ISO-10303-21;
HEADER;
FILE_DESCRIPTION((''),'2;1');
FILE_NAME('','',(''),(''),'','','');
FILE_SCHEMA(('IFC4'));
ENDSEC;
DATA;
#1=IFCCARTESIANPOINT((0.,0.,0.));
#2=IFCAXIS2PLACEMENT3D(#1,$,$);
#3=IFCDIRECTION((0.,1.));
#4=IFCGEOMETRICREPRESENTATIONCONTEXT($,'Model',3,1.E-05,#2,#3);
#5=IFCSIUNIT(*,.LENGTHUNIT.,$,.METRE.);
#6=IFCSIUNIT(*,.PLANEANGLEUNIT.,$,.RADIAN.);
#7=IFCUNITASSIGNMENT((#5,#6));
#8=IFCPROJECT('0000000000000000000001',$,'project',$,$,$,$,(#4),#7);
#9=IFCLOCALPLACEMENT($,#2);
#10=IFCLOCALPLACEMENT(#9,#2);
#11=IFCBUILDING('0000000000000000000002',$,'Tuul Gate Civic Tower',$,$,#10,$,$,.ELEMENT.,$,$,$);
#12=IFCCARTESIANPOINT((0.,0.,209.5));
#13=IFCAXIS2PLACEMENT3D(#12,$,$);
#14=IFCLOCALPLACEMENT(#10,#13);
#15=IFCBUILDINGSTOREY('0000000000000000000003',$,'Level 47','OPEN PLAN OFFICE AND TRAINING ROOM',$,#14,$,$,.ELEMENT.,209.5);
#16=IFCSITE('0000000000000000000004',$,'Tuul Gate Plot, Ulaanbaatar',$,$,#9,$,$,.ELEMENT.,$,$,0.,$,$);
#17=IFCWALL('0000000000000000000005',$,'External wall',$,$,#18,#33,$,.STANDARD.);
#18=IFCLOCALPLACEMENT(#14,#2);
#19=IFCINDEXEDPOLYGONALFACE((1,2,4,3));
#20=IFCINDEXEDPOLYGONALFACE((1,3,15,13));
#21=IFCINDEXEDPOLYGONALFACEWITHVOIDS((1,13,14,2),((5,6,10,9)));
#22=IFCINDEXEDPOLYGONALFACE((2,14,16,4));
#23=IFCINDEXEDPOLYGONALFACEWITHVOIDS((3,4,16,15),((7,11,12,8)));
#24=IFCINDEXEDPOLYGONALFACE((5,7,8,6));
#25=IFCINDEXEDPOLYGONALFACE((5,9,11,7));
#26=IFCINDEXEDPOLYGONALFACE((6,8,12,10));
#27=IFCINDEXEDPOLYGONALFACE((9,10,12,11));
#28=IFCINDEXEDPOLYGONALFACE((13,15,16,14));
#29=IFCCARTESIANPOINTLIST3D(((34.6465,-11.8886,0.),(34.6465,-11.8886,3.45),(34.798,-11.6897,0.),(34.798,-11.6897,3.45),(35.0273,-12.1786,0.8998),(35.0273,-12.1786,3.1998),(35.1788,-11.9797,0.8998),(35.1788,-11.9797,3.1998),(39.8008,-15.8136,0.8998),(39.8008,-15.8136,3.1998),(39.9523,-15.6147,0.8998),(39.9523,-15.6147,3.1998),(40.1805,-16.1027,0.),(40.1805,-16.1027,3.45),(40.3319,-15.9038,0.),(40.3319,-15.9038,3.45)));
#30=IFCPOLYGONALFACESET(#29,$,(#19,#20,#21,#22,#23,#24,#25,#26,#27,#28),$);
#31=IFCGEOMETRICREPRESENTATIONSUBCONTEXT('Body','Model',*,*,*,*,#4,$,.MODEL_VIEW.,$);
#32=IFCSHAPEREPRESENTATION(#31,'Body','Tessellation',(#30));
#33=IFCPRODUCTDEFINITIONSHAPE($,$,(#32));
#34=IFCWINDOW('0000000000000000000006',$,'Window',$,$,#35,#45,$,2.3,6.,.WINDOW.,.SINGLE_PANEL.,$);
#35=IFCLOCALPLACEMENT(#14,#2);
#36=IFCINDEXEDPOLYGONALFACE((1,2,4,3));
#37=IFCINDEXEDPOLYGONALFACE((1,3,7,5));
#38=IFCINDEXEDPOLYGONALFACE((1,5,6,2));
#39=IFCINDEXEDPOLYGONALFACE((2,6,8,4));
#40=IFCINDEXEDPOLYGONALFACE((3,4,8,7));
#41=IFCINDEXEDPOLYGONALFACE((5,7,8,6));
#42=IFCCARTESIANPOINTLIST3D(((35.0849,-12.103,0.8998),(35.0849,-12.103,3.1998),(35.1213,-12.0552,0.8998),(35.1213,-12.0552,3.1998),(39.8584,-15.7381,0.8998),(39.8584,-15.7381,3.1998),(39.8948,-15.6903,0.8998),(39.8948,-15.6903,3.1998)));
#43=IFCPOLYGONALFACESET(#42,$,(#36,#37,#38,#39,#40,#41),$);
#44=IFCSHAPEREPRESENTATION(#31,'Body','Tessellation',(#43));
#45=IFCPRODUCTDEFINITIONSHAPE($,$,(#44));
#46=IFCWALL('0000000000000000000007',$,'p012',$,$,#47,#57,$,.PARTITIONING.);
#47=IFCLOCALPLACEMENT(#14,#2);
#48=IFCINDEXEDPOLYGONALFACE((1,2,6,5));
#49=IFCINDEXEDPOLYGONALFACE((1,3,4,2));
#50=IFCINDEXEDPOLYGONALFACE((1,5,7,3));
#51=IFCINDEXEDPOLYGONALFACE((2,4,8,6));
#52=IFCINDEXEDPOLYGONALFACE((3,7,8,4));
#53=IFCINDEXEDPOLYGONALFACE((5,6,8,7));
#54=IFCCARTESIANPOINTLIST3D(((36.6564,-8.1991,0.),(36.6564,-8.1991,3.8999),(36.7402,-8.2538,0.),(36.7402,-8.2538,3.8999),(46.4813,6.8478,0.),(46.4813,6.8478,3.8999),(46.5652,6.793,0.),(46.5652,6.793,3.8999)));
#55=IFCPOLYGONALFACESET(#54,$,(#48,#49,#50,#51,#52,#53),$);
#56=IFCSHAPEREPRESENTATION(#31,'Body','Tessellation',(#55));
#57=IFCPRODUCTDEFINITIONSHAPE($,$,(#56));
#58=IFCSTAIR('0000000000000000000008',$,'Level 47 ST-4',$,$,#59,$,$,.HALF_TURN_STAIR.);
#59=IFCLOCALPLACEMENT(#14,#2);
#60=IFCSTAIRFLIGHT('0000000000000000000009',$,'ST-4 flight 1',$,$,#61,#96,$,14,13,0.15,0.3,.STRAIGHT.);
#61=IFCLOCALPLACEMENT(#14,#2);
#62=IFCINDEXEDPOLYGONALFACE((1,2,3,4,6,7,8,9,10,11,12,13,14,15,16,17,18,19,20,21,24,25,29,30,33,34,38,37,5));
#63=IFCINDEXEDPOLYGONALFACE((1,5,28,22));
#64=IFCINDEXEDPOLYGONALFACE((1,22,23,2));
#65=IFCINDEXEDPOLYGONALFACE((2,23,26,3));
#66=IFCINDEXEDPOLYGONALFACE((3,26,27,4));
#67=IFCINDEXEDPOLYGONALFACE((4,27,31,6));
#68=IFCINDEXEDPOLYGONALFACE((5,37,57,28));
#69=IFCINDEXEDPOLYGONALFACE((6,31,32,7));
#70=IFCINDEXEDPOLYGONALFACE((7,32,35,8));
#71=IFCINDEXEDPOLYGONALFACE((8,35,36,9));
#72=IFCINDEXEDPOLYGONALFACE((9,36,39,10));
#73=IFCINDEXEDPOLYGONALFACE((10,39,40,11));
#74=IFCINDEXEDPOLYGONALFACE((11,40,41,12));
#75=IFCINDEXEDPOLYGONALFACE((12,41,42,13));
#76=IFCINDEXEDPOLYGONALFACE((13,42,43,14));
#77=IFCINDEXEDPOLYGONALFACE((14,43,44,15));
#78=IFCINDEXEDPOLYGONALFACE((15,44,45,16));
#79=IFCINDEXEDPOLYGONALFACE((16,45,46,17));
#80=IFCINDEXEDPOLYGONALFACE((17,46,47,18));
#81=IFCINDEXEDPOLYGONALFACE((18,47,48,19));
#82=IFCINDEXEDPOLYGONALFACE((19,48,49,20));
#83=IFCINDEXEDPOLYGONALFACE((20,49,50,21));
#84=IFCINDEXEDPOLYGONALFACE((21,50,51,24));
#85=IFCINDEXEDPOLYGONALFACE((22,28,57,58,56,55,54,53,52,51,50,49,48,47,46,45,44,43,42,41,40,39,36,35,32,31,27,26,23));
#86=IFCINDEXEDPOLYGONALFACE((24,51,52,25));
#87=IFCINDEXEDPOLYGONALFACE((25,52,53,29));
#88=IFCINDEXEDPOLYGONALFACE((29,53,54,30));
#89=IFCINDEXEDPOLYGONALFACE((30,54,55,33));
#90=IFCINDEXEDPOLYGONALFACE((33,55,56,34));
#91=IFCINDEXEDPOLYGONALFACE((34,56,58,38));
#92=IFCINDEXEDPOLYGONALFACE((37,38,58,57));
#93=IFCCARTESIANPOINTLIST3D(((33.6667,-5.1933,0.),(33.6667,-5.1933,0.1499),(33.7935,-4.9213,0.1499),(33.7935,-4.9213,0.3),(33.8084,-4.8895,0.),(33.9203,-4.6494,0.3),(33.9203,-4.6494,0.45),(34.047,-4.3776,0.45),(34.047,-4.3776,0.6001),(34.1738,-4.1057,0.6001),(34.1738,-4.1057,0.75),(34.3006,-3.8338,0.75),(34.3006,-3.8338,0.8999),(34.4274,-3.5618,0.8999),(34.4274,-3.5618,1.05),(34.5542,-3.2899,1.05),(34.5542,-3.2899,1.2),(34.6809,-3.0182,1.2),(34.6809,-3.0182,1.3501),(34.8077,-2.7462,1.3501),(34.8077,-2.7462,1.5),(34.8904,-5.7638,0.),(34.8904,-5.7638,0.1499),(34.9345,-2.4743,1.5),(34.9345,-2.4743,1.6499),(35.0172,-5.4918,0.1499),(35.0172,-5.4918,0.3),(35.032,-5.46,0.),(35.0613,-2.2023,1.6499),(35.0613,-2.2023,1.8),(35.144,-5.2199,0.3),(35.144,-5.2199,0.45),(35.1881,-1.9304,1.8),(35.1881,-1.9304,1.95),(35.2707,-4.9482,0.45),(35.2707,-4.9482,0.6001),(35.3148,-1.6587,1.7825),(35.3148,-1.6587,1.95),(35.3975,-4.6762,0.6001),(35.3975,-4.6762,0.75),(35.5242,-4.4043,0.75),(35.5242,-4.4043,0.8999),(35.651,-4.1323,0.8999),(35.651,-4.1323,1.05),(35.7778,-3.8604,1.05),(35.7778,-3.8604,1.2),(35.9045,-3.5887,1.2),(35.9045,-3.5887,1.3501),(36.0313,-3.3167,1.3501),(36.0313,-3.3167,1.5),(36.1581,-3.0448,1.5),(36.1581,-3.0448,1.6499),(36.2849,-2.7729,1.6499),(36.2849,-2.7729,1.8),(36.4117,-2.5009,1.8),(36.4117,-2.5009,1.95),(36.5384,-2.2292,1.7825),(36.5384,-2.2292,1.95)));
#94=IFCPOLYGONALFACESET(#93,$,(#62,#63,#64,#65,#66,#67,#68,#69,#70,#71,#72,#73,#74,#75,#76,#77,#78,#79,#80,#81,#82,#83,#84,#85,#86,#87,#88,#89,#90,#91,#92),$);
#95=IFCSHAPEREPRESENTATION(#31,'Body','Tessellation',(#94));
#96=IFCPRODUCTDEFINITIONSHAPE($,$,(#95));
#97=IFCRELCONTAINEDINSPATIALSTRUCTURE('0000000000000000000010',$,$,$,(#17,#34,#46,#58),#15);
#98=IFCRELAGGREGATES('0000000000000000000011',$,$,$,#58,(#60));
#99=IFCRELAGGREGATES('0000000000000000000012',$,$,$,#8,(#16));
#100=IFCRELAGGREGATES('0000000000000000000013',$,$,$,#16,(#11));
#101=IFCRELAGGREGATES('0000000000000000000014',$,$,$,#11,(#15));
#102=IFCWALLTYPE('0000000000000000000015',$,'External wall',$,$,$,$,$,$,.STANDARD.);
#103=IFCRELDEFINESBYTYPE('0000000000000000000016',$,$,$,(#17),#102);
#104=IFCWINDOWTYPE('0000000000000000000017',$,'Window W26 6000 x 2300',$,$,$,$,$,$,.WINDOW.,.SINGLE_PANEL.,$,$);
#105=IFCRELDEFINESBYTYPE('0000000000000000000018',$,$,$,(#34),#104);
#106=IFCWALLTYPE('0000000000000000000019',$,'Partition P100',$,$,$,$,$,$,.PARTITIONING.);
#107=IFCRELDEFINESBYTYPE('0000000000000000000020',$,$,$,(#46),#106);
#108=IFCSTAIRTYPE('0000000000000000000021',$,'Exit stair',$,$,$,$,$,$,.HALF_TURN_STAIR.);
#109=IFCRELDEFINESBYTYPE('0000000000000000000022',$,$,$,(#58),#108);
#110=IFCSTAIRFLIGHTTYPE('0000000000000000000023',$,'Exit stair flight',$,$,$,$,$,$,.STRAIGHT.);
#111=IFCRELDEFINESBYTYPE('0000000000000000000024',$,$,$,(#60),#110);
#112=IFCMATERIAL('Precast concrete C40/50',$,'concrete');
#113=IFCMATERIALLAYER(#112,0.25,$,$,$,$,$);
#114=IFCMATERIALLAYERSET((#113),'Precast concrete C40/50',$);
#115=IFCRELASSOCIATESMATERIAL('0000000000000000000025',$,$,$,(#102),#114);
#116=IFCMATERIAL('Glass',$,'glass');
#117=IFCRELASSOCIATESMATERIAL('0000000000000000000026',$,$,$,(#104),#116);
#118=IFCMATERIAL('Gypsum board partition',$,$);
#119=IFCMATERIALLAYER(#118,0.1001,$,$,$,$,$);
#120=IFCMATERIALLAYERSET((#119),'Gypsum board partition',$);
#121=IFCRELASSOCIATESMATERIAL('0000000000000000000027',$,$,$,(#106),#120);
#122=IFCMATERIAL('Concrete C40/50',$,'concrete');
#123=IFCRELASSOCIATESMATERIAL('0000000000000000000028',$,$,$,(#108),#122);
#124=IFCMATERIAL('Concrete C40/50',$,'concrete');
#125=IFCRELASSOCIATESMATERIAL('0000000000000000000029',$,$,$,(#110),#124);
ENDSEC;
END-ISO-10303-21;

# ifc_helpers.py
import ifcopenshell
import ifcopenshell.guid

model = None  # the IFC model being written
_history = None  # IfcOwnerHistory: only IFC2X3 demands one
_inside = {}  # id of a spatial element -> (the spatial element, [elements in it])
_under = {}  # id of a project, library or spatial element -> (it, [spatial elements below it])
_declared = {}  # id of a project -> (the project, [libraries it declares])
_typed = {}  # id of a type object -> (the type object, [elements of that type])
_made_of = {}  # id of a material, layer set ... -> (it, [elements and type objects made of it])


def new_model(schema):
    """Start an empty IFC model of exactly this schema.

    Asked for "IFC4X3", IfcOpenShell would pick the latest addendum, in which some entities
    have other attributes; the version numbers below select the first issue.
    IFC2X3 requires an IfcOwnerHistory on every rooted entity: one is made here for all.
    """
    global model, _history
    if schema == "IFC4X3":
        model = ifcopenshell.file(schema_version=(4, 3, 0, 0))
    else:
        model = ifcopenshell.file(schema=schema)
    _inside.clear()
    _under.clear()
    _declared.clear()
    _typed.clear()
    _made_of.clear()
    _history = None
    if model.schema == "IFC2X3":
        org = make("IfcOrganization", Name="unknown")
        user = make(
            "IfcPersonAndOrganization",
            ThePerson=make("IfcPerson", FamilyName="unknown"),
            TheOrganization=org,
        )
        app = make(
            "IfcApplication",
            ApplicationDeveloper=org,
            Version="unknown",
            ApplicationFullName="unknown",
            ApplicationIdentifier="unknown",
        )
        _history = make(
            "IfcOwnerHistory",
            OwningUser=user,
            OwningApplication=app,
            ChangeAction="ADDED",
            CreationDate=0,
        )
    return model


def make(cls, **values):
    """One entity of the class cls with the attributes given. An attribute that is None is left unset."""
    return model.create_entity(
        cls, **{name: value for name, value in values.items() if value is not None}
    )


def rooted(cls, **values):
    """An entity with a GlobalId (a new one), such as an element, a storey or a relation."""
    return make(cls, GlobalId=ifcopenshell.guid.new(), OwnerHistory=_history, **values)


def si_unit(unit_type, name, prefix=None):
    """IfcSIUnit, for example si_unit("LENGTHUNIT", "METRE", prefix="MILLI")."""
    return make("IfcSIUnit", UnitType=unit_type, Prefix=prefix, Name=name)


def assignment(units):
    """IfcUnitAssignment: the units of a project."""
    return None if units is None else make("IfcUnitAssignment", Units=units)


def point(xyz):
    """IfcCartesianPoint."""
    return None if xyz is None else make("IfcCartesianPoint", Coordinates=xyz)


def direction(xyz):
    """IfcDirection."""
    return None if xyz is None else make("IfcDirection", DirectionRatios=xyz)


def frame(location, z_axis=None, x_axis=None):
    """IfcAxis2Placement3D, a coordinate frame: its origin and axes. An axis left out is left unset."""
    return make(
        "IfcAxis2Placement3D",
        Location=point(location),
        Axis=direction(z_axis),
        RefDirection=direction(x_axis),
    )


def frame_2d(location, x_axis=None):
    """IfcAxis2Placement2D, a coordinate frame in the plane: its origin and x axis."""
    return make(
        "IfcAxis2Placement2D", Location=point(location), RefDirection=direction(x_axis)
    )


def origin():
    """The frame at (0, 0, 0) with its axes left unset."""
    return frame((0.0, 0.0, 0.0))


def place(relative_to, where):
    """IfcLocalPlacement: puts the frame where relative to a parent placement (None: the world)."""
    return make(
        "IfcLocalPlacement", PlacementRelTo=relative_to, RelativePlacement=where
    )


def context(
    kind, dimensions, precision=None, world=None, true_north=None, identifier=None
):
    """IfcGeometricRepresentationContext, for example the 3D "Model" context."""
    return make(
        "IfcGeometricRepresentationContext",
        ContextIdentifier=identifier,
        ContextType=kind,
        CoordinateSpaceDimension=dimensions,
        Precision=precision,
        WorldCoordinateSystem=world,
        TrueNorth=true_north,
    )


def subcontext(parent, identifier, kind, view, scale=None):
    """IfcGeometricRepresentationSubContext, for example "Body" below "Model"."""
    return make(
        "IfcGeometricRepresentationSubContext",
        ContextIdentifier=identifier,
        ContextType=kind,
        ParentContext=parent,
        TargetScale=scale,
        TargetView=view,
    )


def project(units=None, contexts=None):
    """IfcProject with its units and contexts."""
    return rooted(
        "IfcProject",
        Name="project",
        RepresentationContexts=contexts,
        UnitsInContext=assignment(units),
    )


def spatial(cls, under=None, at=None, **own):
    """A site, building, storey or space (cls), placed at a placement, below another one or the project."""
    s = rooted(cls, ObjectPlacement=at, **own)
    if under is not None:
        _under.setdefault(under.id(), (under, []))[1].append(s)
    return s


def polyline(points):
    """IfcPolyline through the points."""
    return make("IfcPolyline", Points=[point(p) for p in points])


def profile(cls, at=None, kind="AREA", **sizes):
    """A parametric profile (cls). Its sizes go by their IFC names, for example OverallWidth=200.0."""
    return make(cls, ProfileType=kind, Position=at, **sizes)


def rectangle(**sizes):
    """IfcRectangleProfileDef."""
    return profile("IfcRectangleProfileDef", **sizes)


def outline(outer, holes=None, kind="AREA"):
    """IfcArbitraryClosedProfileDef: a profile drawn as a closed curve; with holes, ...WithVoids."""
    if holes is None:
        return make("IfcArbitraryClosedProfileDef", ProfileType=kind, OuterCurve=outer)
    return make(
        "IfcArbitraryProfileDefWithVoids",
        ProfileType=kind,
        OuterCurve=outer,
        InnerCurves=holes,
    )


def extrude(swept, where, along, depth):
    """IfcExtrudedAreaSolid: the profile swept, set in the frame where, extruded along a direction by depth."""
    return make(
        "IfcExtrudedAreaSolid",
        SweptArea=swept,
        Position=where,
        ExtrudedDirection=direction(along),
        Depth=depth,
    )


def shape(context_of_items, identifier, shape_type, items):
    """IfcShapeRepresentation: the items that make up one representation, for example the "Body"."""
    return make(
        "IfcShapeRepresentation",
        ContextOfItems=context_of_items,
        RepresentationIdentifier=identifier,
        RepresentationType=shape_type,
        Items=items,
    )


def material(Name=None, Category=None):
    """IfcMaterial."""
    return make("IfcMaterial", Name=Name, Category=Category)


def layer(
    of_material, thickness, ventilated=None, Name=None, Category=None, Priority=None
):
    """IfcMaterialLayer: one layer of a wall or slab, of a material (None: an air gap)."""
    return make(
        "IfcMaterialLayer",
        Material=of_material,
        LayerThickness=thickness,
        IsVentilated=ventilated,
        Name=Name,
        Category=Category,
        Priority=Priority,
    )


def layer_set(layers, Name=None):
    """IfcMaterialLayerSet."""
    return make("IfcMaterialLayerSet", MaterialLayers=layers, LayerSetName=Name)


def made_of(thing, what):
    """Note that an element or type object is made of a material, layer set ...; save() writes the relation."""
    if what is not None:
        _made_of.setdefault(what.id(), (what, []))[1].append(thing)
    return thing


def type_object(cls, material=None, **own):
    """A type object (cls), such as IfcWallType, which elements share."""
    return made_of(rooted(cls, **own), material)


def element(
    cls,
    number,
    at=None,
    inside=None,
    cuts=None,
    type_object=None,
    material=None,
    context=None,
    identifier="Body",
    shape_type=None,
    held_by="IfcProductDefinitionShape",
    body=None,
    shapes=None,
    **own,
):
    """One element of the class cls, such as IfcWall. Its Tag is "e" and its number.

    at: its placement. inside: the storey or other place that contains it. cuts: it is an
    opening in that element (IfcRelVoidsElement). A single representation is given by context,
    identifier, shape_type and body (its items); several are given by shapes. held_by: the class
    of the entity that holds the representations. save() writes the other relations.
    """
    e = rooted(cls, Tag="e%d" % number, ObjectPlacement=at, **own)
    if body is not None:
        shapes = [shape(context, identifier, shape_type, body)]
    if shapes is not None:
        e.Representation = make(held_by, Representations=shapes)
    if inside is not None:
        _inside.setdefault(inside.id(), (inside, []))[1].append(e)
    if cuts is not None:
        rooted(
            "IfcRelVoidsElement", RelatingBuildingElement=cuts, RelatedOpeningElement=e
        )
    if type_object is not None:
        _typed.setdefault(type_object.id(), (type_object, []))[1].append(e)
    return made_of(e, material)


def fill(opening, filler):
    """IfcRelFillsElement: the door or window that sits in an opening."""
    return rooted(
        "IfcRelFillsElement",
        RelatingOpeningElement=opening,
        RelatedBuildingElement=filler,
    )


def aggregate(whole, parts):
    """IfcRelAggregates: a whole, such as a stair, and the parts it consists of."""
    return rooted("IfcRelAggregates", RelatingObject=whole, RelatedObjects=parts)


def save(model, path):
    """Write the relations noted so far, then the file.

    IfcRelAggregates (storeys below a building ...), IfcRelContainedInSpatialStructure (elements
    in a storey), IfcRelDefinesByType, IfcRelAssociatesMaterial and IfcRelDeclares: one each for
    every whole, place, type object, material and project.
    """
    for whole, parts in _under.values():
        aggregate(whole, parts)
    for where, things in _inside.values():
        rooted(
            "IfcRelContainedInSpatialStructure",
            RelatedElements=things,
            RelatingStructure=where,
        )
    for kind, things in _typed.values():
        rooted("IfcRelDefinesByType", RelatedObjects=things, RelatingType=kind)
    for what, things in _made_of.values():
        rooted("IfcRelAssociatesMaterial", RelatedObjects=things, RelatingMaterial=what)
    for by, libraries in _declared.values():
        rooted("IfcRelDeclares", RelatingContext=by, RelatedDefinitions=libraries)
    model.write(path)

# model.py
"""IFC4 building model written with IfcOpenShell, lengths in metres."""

from ifc_helpers import new_model, si_unit, direction, frame, frame_2d, origin, place, context, subcontext, project, spatial, polyline, rectangle, outline, extrude, material, layer, layer_set, type_object, element, fill, aggregate, save


model = new_model("IFC4")

# Units and contexts
model_context = context("Model", 3, precision=1e-05, world=origin(), true_north=direction((0.0, 1.0)))
body_context = subcontext(model_context, "Body", "Model", "MODEL_VIEW")
ifc_project = project(units=[si_unit("LENGTHUNIT", "METRE"), si_unit("PLANEANGLEUNIT", "RADIAN")], contexts=[model_context])

# Site, building, storey
site_placement = place(None, origin())
site = spatial("IfcSite", under=ifc_project, at=site_placement, Name="Tuul Gate Plot, Ulaanbaatar", CompositionType="ELEMENT", RefElevation=0.0)
building_placement = place(site_placement, origin())
building = spatial("IfcBuilding", under=site, at=building_placement, Name="Tuul Gate Civic Tower", CompositionType="ELEMENT")
storey_placement = place(building_placement, frame((0.0, 0.0, 209.5)))
storey = spatial("IfcBuildingStorey", under=building, at=storey_placement, Name="Level 47", Description="OPEN PLAN OFFICE AND TRAINING ROOM", CompositionType="ELEMENT", Elevation=209.5)

# Wall, opening, window
ifc_material_1 = material(Name="Precast concrete C40/50", Category="concrete")
ifc_layer_1 = layer(ifc_material_1, 0.25)
ifc_layer_set_1 = layer_set([ifc_layer_1], Name="Precast concrete C40/50")
wall_type_1 = type_object("IfcWallType", Name="External wall", PredefinedType="STANDARD", material=ifc_layer_set_1)
ifc_material_2 = material(Name="Glass", Category="glass")
window_type = type_object("IfcWindowType", Name="Window W26 6000 x 2300", PartitioningType="SINGLE_PANEL", PredefinedType="WINDOW", material=ifc_material_2)
wall_1_placement = place(storey_placement, frame((34.7222, -11.7891, 0.0), z_axis=(0.0, 0.0, 1.0), x_axis=(0.795586, -0.605841, 0.0)))
wall_1 = element("IfcWall", 1, at=wall_1_placement, inside=storey, type_object=wall_type_1, Name="External wall", PredefinedType="STANDARD", context=body_context, shape_type="SweptSolid", body=[
    extrude(rectangle(XDim=6.9558, YDim=0.25, at=frame_2d((3.478, 0.0))), origin(), (0.0, 0.0, 1.0), 3.45),
])
opening_1_placement = place(wall_1_placement, frame((0.4788, 0.0, 0.8999)))
opening_1 = element("IfcOpeningElement", 2, at=opening_1_placement, cuts=wall_1, PredefinedType="OPENING", context=body_context, shape_type="SweptSolid", body=[
    extrude(rectangle(XDim=6.0, YDim=2.3, at=frame_2d((3.0, 1.1499))), frame((0.0, 0.135, 0.0), z_axis=(0.0, -1.0, 0.0), x_axis=(1.0, 0.0, 0.0)), (0.0, 0.0, 1.0), 0.27),
])
window_1_placement = place(opening_1_placement, origin())
window_1 = element("IfcWindow", 3, at=window_1_placement, inside=storey, type_object=window_type, Name="Window", OverallHeight=2.3, OverallWidth=6.0, PartitioningType="SINGLE_PANEL", PredefinedType="WINDOW", context=body_context, shape_type="SweptSolid", body=[
    extrude(rectangle(XDim=6.0, YDim=2.3, at=frame_2d((3.0, 1.1499))), frame((0.0, 0.03, 0.0), z_axis=(0.0, -1.0, 0.0), x_axis=(1.0, 0.0, 0.0)), (0.0, 0.0, 1.0), 0.0601),
])
fill(opening_1, window_1)

# Wall
ifc_material_3 = material(Name="Gypsum board partition")
ifc_layer_2 = layer(ifc_material_3, 0.1001)
ifc_layer_set_2 = layer_set([ifc_layer_2], Name="Gypsum board partition")
wall_type_2 = type_object("IfcWallType", Name="Partition P100", PredefinedType="PARTITIONING", material=ifc_layer_set_2)
wall_2_placement = place(storey_placement, frame((36.6982, -8.2266, 0.0), z_axis=(0.0, 0.0, 1.0), x_axis=(0.546727, 0.837311, 0.0)))
element("IfcWall", 4, at=wall_2_placement, inside=storey, type_object=wall_type_2, Name="p012", PredefinedType="PARTITIONING", context=body_context, shape_type="SweptSolid", body=[
    extrude(rectangle(XDim=17.9705, YDim=0.1001, at=frame_2d((8.9854, 0.0))), origin(), (0.0, 0.0, 1.0), 3.8999),
])

# Stair, stair flight
ifc_material_4 = material(Name="Concrete C40/50", Category="concrete")
stair_type = type_object("IfcStairType", Name="Exit stair", PredefinedType="HALF_TURN_STAIR", material=ifc_material_4)
stair_placement = place(storey_placement, origin())
stair = element("IfcStair", 5, at=stair_placement, inside=storey, type_object=stair_type, Name="Level 47 ST-4", PredefinedType="HALF_TURN_STAIR")
ifc_material_5 = material(Name="Concrete C40/50", Category="concrete")
stair_flight_type = type_object("IfcStairFlightType", Name="Exit stair flight", PredefinedType="STRAIGHT", material=ifc_material_5)
stair_flight_placement = place(storey_placement, frame((34.2786, -5.4785, 0.0), z_axis=(0.0, 0.0, 1.0), x_axis=(0.422576, 0.906327, 0.0)))
stair_flight = element("IfcStairFlight", 6, at=stair_flight_placement, type_object=stair_flight_type, Name="ST-4 flight 1", NumberOfRisers=14, NumberOfTreads=13, PredefinedType="STRAIGHT", RiserHeight=0.15, TreadLength=0.3, context=body_context, shape_type="SweptSolid", body=[
    extrude(outline(polyline([(0.0, 0.0), (0.0, 0.1499), (0.3, 0.1499), (0.3, 0.3), (0.6001, 0.3), (0.6001, 0.45), (0.8999, 0.45), (0.8999, 0.6001), (1.2, 0.6001), (1.2, 0.75), (1.5, 0.75), (1.5, 0.8999), (1.8, 0.8999), (1.8, 1.05), (2.1001, 1.05), (2.1001, 1.2), (2.3999, 1.2), (2.3999, 1.3501), (2.7, 1.3501), (2.7, 1.5), (3.0, 1.5), (3.0, 1.6499), (3.3, 1.6499), (3.3, 1.8), (3.6001, 1.8), (3.6001, 1.95), (3.8999, 1.95), (3.8999, 2.1001), (3.8999, 1.7825), (0.3352, 0.0), (0.0, 0.0)])), frame((0.0, 0.675, 0.0), z_axis=(0.0, -1.0, 0.0), x_axis=(1.0, 0.0, 0.0)), (0.0, 0.0, 1.0), 1.3501),
])
aggregate(stair, [stair_flight])

save(model, "model.ifc")
